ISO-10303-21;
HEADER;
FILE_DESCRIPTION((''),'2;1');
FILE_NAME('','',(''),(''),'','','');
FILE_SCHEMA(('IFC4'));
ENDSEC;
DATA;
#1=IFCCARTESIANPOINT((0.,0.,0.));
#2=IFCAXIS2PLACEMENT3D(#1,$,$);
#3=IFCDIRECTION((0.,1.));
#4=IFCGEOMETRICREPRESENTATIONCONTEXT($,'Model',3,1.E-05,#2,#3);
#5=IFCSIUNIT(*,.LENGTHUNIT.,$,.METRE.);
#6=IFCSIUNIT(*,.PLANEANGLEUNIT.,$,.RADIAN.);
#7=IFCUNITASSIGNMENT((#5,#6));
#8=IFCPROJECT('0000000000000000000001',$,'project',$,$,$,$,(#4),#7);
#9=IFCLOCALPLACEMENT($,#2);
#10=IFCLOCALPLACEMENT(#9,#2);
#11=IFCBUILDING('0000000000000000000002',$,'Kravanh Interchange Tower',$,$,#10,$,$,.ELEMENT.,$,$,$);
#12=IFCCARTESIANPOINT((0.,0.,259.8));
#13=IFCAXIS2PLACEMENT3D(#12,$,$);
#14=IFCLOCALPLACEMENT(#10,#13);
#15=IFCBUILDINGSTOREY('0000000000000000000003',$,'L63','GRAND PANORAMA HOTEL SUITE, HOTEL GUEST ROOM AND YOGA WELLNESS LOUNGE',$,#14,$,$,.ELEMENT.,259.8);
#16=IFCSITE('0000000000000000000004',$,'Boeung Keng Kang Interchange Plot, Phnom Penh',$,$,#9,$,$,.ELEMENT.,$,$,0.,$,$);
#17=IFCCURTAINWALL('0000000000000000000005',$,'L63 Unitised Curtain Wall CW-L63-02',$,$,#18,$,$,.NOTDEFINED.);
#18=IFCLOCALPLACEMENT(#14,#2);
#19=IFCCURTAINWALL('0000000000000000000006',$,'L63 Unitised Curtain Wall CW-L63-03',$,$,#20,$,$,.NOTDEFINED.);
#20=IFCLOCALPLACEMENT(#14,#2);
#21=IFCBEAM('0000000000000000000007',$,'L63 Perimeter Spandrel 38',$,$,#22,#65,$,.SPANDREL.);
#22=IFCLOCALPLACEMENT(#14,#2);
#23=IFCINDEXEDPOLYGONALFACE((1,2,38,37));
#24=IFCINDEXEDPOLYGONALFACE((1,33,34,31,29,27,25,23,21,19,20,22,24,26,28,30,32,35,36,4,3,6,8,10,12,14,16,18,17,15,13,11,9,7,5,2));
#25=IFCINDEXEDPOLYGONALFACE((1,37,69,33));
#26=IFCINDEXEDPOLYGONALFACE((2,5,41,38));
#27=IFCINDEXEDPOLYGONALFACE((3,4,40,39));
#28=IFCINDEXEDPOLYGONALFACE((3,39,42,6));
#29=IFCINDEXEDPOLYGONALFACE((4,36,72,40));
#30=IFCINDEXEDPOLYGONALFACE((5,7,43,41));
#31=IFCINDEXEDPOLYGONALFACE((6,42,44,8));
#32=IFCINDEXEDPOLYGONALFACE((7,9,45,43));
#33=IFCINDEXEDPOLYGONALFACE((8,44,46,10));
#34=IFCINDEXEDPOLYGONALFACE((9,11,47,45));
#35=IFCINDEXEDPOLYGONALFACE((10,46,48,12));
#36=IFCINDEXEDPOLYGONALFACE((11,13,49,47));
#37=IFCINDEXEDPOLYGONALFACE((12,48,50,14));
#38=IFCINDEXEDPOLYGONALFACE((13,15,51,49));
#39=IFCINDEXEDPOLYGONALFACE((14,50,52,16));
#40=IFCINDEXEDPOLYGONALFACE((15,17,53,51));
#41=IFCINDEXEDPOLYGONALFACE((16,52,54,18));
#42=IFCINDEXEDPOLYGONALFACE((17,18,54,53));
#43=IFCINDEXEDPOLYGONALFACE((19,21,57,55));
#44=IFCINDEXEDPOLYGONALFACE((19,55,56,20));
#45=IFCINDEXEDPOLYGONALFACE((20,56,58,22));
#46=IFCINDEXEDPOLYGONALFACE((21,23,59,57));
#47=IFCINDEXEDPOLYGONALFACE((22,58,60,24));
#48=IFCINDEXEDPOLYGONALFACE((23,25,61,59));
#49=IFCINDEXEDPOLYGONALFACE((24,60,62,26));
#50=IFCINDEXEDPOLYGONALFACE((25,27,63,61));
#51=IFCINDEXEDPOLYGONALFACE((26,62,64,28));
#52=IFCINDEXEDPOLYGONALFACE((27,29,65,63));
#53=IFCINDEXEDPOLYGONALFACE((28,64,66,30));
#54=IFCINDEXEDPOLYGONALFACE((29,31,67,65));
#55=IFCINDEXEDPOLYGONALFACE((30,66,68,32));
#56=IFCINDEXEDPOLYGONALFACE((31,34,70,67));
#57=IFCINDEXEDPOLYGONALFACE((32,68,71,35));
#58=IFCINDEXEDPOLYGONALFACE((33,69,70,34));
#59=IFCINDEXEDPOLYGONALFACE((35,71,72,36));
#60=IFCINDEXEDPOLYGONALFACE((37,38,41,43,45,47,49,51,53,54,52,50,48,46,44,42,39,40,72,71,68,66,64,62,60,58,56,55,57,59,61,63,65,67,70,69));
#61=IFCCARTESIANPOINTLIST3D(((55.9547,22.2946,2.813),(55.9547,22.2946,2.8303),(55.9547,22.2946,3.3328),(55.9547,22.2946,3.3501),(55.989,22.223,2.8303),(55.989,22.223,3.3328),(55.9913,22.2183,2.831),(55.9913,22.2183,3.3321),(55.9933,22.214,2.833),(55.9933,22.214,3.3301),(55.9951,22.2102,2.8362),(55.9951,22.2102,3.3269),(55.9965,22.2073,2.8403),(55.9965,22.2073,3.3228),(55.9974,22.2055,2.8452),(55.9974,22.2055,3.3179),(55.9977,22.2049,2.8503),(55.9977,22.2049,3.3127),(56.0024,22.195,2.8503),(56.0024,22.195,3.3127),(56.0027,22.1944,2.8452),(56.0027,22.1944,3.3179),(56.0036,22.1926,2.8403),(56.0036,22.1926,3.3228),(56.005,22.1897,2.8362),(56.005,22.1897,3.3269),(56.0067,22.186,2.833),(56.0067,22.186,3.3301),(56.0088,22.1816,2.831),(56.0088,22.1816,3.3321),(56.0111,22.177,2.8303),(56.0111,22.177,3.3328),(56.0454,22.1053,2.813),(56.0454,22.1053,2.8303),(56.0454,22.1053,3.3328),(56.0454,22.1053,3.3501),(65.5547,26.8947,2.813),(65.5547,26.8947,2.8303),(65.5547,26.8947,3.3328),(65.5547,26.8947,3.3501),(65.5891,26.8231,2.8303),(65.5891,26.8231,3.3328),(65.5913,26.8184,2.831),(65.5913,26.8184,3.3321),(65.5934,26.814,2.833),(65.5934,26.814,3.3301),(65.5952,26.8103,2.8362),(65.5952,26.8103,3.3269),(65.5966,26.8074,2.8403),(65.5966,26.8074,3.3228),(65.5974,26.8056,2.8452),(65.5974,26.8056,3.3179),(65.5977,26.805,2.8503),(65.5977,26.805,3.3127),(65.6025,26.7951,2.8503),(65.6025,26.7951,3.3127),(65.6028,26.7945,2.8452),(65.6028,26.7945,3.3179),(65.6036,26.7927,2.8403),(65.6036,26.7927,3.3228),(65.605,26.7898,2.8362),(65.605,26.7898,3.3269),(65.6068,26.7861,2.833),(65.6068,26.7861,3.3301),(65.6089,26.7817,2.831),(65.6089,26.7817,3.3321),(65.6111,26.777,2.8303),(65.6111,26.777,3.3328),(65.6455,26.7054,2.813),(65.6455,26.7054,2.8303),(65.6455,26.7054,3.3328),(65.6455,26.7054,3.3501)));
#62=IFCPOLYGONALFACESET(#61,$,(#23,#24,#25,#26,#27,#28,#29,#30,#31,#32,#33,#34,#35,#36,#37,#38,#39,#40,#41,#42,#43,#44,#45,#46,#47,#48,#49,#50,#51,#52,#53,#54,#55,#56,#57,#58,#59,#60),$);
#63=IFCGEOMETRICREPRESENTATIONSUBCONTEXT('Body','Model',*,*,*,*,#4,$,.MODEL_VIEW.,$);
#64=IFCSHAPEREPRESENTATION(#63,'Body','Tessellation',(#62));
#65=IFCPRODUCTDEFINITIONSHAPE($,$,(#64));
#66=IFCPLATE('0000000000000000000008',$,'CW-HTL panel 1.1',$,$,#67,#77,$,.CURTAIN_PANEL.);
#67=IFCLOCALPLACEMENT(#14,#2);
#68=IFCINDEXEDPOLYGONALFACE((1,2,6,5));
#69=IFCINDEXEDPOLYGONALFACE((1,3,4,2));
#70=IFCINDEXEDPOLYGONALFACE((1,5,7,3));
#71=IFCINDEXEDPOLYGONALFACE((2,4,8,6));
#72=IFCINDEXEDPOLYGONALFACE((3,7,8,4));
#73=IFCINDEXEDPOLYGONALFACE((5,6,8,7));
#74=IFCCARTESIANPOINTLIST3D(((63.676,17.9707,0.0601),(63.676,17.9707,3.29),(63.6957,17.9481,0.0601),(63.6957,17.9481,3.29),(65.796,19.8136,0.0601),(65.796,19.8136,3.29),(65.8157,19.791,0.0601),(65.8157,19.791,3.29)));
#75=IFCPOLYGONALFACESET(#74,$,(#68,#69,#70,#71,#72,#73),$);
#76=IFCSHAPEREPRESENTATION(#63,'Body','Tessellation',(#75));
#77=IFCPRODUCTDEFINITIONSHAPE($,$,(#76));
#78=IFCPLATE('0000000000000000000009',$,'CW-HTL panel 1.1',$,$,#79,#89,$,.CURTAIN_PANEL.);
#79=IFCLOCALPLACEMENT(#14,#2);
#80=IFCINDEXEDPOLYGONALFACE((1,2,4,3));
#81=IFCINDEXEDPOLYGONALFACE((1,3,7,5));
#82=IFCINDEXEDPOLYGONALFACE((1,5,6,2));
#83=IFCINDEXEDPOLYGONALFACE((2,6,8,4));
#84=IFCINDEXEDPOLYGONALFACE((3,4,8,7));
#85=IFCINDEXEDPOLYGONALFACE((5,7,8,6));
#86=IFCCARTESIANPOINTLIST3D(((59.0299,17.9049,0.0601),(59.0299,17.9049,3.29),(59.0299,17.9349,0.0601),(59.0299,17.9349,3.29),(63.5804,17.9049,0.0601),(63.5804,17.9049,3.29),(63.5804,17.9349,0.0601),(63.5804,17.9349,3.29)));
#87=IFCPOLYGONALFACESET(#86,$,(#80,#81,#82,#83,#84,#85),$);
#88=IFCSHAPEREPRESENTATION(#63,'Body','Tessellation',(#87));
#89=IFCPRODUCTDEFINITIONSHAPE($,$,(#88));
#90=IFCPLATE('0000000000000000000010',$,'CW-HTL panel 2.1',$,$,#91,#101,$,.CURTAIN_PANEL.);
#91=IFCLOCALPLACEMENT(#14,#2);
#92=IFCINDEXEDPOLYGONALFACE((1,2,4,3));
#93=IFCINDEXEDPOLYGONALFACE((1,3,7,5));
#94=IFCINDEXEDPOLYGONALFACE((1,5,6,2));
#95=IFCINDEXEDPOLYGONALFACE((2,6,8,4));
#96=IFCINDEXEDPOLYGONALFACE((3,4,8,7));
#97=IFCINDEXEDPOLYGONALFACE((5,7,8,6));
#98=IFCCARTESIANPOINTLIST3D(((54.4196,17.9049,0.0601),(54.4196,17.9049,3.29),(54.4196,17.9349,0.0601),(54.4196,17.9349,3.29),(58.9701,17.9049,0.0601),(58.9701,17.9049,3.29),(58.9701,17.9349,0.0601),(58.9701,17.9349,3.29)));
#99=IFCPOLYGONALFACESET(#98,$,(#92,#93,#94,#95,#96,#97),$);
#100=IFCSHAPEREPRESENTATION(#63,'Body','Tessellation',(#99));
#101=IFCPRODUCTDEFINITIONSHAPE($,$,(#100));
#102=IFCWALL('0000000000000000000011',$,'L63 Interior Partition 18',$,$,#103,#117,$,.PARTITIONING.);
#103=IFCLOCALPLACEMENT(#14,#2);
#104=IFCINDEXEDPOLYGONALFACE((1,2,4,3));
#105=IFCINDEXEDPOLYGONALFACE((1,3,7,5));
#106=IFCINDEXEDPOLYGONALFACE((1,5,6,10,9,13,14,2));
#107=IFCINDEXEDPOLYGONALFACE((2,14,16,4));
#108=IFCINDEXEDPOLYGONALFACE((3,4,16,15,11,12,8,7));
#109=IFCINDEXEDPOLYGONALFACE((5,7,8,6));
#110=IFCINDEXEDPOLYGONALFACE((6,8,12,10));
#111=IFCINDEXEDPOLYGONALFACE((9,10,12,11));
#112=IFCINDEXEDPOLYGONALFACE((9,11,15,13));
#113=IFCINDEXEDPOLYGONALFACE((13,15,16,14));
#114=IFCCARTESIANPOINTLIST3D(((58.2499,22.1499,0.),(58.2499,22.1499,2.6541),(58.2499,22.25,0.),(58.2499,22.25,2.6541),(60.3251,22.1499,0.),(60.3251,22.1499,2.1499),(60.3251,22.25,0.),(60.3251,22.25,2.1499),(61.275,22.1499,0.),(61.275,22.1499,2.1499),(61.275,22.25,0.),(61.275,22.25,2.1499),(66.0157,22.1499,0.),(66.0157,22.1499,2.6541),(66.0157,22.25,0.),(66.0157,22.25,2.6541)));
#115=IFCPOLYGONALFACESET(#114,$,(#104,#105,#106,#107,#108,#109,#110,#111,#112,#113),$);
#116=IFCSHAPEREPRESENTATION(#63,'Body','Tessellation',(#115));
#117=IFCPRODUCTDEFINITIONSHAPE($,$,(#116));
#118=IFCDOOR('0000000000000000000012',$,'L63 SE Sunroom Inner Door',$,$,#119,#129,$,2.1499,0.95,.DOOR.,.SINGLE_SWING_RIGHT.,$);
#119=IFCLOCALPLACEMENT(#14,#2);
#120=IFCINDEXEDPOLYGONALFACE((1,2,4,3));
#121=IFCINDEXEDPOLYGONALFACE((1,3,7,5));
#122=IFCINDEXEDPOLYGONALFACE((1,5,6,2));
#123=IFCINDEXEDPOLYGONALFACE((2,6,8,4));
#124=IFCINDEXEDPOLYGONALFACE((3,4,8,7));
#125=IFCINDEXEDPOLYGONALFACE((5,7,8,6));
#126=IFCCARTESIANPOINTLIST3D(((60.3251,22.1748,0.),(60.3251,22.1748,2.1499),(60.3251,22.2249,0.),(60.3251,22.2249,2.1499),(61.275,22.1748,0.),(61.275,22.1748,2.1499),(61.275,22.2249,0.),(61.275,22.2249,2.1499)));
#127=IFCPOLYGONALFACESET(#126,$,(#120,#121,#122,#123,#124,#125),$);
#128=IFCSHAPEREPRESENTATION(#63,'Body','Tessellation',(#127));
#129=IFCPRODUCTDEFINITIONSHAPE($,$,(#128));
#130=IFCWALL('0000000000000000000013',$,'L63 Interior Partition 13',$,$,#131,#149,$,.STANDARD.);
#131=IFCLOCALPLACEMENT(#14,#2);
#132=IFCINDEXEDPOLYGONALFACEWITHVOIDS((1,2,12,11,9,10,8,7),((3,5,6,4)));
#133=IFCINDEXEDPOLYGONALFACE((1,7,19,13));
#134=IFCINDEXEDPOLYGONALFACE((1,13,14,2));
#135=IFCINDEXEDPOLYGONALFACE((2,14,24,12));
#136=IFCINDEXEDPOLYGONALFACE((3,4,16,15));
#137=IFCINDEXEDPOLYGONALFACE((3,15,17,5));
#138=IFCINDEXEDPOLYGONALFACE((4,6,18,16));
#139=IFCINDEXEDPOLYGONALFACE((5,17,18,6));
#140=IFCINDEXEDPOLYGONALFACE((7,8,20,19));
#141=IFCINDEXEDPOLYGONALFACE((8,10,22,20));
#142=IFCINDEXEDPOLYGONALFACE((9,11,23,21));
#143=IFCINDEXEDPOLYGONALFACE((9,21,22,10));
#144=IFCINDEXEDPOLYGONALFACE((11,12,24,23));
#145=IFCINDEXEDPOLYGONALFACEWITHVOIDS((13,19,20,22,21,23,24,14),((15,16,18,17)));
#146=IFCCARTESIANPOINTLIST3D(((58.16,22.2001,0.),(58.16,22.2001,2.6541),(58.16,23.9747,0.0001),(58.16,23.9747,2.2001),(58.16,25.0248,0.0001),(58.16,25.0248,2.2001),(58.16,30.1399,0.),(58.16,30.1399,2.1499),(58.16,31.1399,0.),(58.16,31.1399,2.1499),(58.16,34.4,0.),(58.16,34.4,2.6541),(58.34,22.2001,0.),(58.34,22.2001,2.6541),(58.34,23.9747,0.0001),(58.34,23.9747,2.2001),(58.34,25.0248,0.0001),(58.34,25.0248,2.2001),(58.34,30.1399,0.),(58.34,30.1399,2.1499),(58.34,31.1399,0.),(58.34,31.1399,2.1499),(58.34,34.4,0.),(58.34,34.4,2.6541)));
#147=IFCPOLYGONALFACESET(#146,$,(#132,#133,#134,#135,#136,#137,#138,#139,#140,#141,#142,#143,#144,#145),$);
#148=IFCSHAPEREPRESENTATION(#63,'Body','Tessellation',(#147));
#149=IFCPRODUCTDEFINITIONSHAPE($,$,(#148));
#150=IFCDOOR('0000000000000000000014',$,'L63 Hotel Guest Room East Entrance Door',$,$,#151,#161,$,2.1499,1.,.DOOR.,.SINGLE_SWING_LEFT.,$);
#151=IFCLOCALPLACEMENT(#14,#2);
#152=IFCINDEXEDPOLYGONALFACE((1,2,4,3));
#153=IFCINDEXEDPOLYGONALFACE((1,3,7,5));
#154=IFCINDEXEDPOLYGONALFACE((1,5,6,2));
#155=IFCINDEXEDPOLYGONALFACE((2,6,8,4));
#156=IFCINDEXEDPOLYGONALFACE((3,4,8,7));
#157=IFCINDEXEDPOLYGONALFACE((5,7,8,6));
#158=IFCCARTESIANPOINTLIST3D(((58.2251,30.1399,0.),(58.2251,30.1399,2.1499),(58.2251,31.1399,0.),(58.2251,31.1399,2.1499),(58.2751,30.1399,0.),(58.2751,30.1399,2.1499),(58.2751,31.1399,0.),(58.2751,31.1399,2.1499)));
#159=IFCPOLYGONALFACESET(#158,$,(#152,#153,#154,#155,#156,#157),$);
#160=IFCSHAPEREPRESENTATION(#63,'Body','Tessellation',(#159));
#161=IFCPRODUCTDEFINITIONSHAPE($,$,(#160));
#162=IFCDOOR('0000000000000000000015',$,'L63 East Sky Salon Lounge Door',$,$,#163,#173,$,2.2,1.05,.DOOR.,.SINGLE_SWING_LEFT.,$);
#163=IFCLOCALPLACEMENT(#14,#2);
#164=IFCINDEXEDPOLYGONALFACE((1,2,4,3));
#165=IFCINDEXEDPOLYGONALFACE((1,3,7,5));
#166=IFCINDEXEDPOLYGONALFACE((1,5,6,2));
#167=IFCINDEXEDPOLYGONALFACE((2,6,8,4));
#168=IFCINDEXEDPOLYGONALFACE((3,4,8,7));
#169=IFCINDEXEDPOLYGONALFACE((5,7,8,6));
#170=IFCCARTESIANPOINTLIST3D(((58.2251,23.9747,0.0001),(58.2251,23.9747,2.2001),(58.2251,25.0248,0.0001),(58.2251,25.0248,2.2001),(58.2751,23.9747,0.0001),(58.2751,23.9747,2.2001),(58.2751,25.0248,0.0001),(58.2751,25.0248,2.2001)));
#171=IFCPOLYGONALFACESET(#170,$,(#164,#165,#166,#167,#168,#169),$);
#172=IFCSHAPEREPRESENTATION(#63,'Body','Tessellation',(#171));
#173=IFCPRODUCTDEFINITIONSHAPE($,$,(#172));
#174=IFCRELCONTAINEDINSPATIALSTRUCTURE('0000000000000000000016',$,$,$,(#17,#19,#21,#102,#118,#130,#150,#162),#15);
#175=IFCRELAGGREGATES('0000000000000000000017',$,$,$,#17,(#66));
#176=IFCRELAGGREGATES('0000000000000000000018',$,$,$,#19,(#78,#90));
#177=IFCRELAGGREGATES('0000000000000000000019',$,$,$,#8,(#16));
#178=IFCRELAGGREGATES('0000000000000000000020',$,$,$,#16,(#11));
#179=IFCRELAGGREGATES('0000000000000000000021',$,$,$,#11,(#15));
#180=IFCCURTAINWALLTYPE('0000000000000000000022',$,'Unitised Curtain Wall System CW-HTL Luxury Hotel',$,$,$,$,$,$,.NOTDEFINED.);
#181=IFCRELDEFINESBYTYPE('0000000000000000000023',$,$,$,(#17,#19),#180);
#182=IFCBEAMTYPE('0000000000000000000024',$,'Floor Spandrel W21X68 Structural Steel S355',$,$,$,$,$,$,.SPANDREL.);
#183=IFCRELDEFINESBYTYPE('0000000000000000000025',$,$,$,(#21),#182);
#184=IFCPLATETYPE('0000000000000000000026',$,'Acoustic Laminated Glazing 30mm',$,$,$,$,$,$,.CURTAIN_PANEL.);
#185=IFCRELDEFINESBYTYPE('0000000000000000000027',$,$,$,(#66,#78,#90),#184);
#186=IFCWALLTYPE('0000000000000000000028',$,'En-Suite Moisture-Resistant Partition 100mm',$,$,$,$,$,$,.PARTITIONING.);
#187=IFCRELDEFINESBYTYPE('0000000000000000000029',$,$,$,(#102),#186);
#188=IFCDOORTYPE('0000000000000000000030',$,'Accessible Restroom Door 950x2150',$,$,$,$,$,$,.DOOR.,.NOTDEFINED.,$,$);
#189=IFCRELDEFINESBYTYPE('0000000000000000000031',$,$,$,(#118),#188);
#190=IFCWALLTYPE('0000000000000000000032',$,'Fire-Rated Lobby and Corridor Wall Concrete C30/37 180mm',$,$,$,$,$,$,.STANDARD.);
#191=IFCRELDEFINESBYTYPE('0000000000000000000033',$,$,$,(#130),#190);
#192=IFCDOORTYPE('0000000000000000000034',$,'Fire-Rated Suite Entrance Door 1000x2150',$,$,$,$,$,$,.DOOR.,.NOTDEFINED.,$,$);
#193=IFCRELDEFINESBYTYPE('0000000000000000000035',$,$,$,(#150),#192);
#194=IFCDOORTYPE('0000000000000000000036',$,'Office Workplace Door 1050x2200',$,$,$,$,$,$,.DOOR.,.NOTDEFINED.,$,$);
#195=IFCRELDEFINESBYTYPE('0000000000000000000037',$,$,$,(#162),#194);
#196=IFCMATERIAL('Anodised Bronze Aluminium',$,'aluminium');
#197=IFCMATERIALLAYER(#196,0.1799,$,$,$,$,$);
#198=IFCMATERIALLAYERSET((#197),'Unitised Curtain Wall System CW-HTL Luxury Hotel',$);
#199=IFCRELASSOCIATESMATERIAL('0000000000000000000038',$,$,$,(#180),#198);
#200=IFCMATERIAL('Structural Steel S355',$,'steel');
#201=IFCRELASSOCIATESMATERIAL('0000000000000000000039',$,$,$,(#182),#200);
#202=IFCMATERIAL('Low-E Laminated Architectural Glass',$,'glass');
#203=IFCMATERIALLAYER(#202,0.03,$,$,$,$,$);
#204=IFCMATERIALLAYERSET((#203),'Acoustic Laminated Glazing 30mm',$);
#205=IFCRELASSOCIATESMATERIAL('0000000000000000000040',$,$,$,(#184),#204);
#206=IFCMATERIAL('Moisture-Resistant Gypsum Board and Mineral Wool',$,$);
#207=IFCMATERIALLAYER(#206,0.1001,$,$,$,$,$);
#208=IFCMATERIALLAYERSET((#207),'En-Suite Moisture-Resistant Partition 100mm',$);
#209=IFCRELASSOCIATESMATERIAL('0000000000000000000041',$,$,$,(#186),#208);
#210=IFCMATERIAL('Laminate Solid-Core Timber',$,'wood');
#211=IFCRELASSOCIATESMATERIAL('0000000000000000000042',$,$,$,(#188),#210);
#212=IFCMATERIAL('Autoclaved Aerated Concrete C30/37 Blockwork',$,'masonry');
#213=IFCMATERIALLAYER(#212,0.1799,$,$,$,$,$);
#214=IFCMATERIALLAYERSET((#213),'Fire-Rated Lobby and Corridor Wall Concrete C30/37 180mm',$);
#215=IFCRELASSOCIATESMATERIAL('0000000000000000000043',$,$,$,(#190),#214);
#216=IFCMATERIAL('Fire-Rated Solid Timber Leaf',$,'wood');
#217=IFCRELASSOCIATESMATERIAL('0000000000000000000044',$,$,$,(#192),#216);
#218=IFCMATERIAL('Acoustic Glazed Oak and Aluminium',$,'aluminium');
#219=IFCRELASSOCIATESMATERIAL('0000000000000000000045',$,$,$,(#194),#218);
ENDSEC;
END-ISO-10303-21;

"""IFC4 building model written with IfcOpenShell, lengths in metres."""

from ifc_helpers import new_model, si_unit, direction, frame, frame_2d, origin, origin_2d, place, context, subcontext, project, spatial, rectangle, i_section, extrude, material, layer, layer_set, material_profile, profile_set, type_object, element, fill, aggregate, save


model = new_model("IFC4")

# Units and contexts
model_context = context("Model", 3, precision=1e-05, world=origin(), true_north=direction((0.0, 1.0)))
body_context = subcontext(model_context, "Body", "Model", "MODEL_VIEW")
ifc_project = project(units=[si_unit("LENGTHUNIT", "METRE"), si_unit("PLANEANGLEUNIT", "RADIAN")], contexts=[model_context])

# Site, building, storey
site_placement = place(None, origin())
site = spatial("IfcSite", under=ifc_project, at=site_placement, Name="Boeung Keng Kang Interchange Plot, Phnom Penh", CompositionType="ELEMENT", RefElevation=0.0)
building_placement = place(site_placement, origin())
building = spatial("IfcBuilding", under=site, at=building_placement, Name="Kravanh Interchange Tower", CompositionType="ELEMENT")
storey_placement = place(building_placement, frame((0.0, 0.0, 259.8)))
storey = spatial("IfcBuildingStorey", under=building, at=storey_placement, Name="L63", Description="GRAND PANORAMA HOTEL SUITE, HOTEL GUEST ROOM AND YOGA WELLNESS LOUNGE", CompositionType="ELEMENT", Elevation=259.8)

# Curtain walls
ifc_material_1 = material(Name="Anodised Bronze Aluminium", Category="aluminium")
ifc_layer_1 = layer(ifc_material_1, 0.1799)
ifc_layer_set_1 = layer_set([ifc_layer_1], Name="Unitised Curtain Wall System CW-HTL Luxury Hotel")
curtain_wall_type = type_object("IfcCurtainWallType", Name="Unitised Curtain Wall System CW-HTL Luxury Hotel", PredefinedType="NOTDEFINED", material=ifc_layer_set_1)
curtain_wall_1_placement = place(storey_placement, origin())
curtain_wall_1 = element("IfcCurtainWall", 1, at=curtain_wall_1_placement, inside=storey, type_object=curtain_wall_type, Name="L63 Unitised Curtain Wall CW-L63-02", PredefinedType="NOTDEFINED")
curtain_wall_2_placement = place(storey_placement, origin())
curtain_wall_2 = element("IfcCurtainWall", 2, at=curtain_wall_2_placement, inside=storey, type_object=curtain_wall_type, Name="L63 Unitised Curtain Wall CW-L63-03", PredefinedType="NOTDEFINED")

# Beam
ifc_material_2 = material(Name="Structural Steel S355", Category="steel")
ifc_material_profile_1 = material_profile(ifc_material_2, i_section(OverallWidth=0.21, OverallDepth=0.5371, WebThickness=0.011, FlangeThickness=0.0173, FilletRadius=0.02, at=origin_2d()), Name="W21X68")
ifc_profile_set_1 = profile_set([ifc_material_profile_1], Name="Structural Steel S355")
beam_type_1 = type_object("IfcBeamType", Name="Floor Spandrel W21X68 Structural Steel S355", PredefinedType="SPANDREL", material=ifc_profile_set_1)
beam_1_placement = place(storey_placement, frame((65.6001, 26.8, 3.0815), z_axis=(-0.901814, -0.432124, 0.0), x_axis=(0.432124, -0.901814, 0.0)))
element("IfcBeam", 3, at=beam_1_placement, inside=storey, type_object=beam_type_1, Name="L63 Perimeter Spandrel 38", PredefinedType="SPANDREL", context=body_context, shape_type="SweptSolid", body=[
    extrude(i_section(OverallWidth=0.21, OverallDepth=0.5371, WebThickness=0.011, FlangeThickness=0.0173, FilletRadius=0.02, at=origin_2d()), origin(), (0.0, 0.0, 1.0), 10.6453),
])

# Plates
ifc_material_3 = material(Name="Low-E Laminated Architectural Glass", Category="glass")
ifc_layer_2 = layer(ifc_material_3, 0.03)
ifc_layer_set_2 = layer_set([ifc_layer_2], Name="Acoustic Laminated Glazing 30mm")
plate_type = type_object("IfcPlateType", Name="Acoustic Laminated Glazing 30mm", PredefinedType="CURTAIN_PANEL", material=ifc_layer_set_2)
plate_1_placement = place(storey_placement, frame((64.7458, 18.8809, 0.0601), z_axis=(0.0, 0.0, 1.0), x_axis=(-0.754717, -0.65605, 0.0)))
plate_1 = element("IfcPlate", 4, at=plate_1_placement, type_object=plate_type, Name="CW-HTL panel 1.1", PredefinedType="CURTAIN_PANEL", context=body_context, shape_type="SweptSolid", body=[
    extrude(rectangle(XDim=2.8091, YDim=0.03, at=origin_2d()), origin(), (0.0, 0.0, 1.0), 3.23),
])
aggregate(curtain_wall_1, [plate_1])
plate_2_placement = place(storey_placement, frame((61.3052, 17.9199, 0.0601), z_axis=(0.0, 0.0, 1.0), x_axis=(-1.0, 0.0, 0.0)))
plate_2 = element("IfcPlate", 5, at=plate_2_placement, type_object=plate_type, Name="CW-HTL panel 1.1", PredefinedType="CURTAIN_PANEL", context=body_context, shape_type="SweptSolid", body=[
    extrude(rectangle(XDim=4.5505, YDim=0.03, at=origin_2d()), origin(), (0.0, 0.0, 1.0), 3.23),
])
plate_3_placement = place(storey_placement, frame((56.6948, 17.9199, 0.0601), z_axis=(0.0, 0.0, 1.0), x_axis=(-1.0, 0.0, 0.0)))
plate_3 = element("IfcPlate", 6, at=plate_3_placement, type_object=plate_type, Name="CW-HTL panel 2.1", PredefinedType="CURTAIN_PANEL", context=body_context, shape_type="SweptSolid", body=[
    extrude(rectangle(XDim=4.5505, YDim=0.03, at=origin_2d()), origin(), (0.0, 0.0, 1.0), 3.23),
])
aggregate(curtain_wall_2, [plate_2, plate_3])

# Wall, opening, door
ifc_material_4 = material(Name="Moisture-Resistant Gypsum Board and Mineral Wool")
ifc_layer_3 = layer(ifc_material_4, 0.1001)
ifc_layer_set_3 = layer_set([ifc_layer_3], Name="En-Suite Moisture-Resistant Partition 100mm")
wall_type_1 = type_object("IfcWallType", Name="En-Suite Moisture-Resistant Partition 100mm", PredefinedType="PARTITIONING", material=ifc_layer_set_3)
wall_1_placement = place(storey_placement, frame((58.25, 22.2, 0.0), z_axis=(0.0, 0.0, 1.0), x_axis=(1.0, 0.0, 0.0)))
wall_1 = element("IfcWall", 7, at=wall_1_placement, inside=storey, type_object=wall_type_1, Name="L63 Interior Partition 18", PredefinedType="PARTITIONING", context=body_context, shape_type="SweptSolid", body=[
    extrude(rectangle(XDim=7.7659, YDim=0.1001, at=frame_2d((3.8828, 0.0))), origin(), (0.0, 0.0, 1.0), 2.6541),
])
opening_1_placement = place(wall_1_placement, frame((2.075, 0.0, 0.0)))
opening_1 = element("IfcOpeningElement", 8, at=opening_1_placement, cuts=wall_1, PredefinedType="OPENING", context=body_context, shape_type="SweptSolid", body=[
    extrude(rectangle(XDim=0.95, YDim=2.1499, at=frame_2d((0.4751, 1.075))), frame((0.0, 0.0601, 0.0), z_axis=(0.0, -1.0, 0.0), x_axis=(1.0, 0.0, 0.0)), (0.0, 0.0, 1.0), 0.1201),
])
ifc_material_5 = material(Name="Laminate Solid-Core Timber", Category="wood")
door_type_1 = type_object("IfcDoorType", Name="Accessible Restroom Door 950x2150", OperationType="NOTDEFINED", PredefinedType="DOOR", material=ifc_material_5)
door_1_placement = place(opening_1_placement, origin())
door_1 = element("IfcDoor", 9, at=door_1_placement, inside=storey, type_object=door_type_1, Name="L63 SE Sunroom Inner Door", OperationType="SINGLE_SWING_RIGHT", OverallHeight=2.1499, OverallWidth=0.95, PredefinedType="DOOR", context=body_context, shape_type="SweptSolid", body=[
    extrude(rectangle(XDim=0.95, YDim=2.1499, at=frame_2d((0.4751, 1.075))), frame((0.0, 0.0249, 0.0), z_axis=(0.0, -1.0, 0.0), x_axis=(1.0, 0.0, 0.0)), (0.0, 0.0, 1.0), 0.05),
])
fill(opening_1, door_1)

# Wall, openings, doors
ifc_material_6 = material(Name="Autoclaved Aerated Concrete C30/37 Blockwork", Category="masonry")
ifc_layer_4 = layer(ifc_material_6, 0.1799)
ifc_layer_set_4 = layer_set([ifc_layer_4], Name="Fire-Rated Lobby and Corridor Wall Concrete C30/37 180mm")
wall_type_2 = type_object("IfcWallType", Name="Fire-Rated Lobby and Corridor Wall Concrete C30/37 180mm", PredefinedType="STANDARD", material=ifc_layer_set_4)
wall_2_placement = place(storey_placement, frame((58.25, 22.2, 0.0), z_axis=(0.0, 0.0, 1.0), x_axis=(0.0, 1.0, 0.0)))
wall_2 = element("IfcWall", 10, at=wall_2_placement, inside=storey, type_object=wall_type_2, Name="L63 Interior Partition 13", PredefinedType="STANDARD", context=body_context, shape_type="SweptSolid", body=[
    extrude(rectangle(XDim=12.2, YDim=0.1799, at=frame_2d((6.1001, 0.0))), origin(), (0.0, 0.0, 1.0), 2.6541),
])
opening_2_placement = place(wall_2_placement, frame((1.7749, 0.0, 0.0)))
opening_2 = element("IfcOpeningElement", 11, at=opening_2_placement, cuts=wall_2, PredefinedType="OPENING", context=body_context, shape_type="SweptSolid", body=[
    extrude(rectangle(XDim=1.05, YDim=2.2, at=frame_2d((0.5249, 1.1001))), frame((0.0, 0.1001, 0.0), z_axis=(0.0, -1.0, 0.0), x_axis=(1.0, 0.0, 0.0)), (0.0, 0.0, 1.0), 0.2),
])
opening_3_placement = place(wall_2_placement, frame((7.9399, 0.0, 0.0)))
opening_3 = element("IfcOpeningElement", 12, at=opening_3_placement, cuts=wall_2, PredefinedType="OPENING", context=body_context, shape_type="SweptSolid", body=[
    extrude(rectangle(XDim=1.0, YDim=2.1499, at=frame_2d((0.5, 1.075))), frame((0.0, 0.1001, 0.0), z_axis=(0.0, -1.0, 0.0), x_axis=(1.0, 0.0, 0.0)), (0.0, 0.0, 1.0), 0.2),
])
ifc_material_7 = material(Name="Fire-Rated Solid Timber Leaf", Category="wood")
door_type_2 = type_object("IfcDoorType", Name="Fire-Rated Suite Entrance Door 1000x2150", OperationType="NOTDEFINED", PredefinedType="DOOR", material=ifc_material_7)
door_2_placement = place(opening_3_placement, origin())
door_2 = element("IfcDoor", 13, at=door_2_placement, inside=storey, type_object=door_type_2, Name="L63 Hotel Guest Room East Entrance Door", OperationType="SINGLE_SWING_LEFT", OverallHeight=2.1499, OverallWidth=1.0, PredefinedType="DOOR", context=body_context, shape_type="SweptSolid", body=[
    extrude(rectangle(XDim=1.0, YDim=2.1499, at=frame_2d((0.5, 1.075))), frame((0.0, 0.0249, 0.0), z_axis=(0.0, -1.0, 0.0), x_axis=(1.0, 0.0, 0.0)), (0.0, 0.0, 1.0), 0.05),
])
fill(opening_3, door_2)
ifc_material_8 = material(Name="Acoustic Glazed Oak and Aluminium", Category="aluminium")
door_type_3 = type_object("IfcDoorType", Name="Office Workplace Door 1050x2200", OperationType="NOTDEFINED", PredefinedType="DOOR", material=ifc_material_8)
door_3_placement = place(opening_2_placement, origin())
door_3 = element("IfcDoor", 14, at=door_3_placement, inside=storey, type_object=door_type_3, Name="L63 East Sky Salon Lounge Door", OperationType="SINGLE_SWING_LEFT", OverallHeight=2.2, OverallWidth=1.05, PredefinedType="DOOR", context=body_context, shape_type="SweptSolid", body=[
    extrude(rectangle(XDim=1.05, YDim=2.2, at=frame_2d((0.5249, 1.1001))), frame((0.0, 0.0249, 0.0), z_axis=(0.0, -1.0, 0.0), x_axis=(1.0, 0.0, 0.0)), (0.0, 0.0, 1.0), 0.05),
])
fill(opening_2, door_3)

save(model, "model.ifc")
